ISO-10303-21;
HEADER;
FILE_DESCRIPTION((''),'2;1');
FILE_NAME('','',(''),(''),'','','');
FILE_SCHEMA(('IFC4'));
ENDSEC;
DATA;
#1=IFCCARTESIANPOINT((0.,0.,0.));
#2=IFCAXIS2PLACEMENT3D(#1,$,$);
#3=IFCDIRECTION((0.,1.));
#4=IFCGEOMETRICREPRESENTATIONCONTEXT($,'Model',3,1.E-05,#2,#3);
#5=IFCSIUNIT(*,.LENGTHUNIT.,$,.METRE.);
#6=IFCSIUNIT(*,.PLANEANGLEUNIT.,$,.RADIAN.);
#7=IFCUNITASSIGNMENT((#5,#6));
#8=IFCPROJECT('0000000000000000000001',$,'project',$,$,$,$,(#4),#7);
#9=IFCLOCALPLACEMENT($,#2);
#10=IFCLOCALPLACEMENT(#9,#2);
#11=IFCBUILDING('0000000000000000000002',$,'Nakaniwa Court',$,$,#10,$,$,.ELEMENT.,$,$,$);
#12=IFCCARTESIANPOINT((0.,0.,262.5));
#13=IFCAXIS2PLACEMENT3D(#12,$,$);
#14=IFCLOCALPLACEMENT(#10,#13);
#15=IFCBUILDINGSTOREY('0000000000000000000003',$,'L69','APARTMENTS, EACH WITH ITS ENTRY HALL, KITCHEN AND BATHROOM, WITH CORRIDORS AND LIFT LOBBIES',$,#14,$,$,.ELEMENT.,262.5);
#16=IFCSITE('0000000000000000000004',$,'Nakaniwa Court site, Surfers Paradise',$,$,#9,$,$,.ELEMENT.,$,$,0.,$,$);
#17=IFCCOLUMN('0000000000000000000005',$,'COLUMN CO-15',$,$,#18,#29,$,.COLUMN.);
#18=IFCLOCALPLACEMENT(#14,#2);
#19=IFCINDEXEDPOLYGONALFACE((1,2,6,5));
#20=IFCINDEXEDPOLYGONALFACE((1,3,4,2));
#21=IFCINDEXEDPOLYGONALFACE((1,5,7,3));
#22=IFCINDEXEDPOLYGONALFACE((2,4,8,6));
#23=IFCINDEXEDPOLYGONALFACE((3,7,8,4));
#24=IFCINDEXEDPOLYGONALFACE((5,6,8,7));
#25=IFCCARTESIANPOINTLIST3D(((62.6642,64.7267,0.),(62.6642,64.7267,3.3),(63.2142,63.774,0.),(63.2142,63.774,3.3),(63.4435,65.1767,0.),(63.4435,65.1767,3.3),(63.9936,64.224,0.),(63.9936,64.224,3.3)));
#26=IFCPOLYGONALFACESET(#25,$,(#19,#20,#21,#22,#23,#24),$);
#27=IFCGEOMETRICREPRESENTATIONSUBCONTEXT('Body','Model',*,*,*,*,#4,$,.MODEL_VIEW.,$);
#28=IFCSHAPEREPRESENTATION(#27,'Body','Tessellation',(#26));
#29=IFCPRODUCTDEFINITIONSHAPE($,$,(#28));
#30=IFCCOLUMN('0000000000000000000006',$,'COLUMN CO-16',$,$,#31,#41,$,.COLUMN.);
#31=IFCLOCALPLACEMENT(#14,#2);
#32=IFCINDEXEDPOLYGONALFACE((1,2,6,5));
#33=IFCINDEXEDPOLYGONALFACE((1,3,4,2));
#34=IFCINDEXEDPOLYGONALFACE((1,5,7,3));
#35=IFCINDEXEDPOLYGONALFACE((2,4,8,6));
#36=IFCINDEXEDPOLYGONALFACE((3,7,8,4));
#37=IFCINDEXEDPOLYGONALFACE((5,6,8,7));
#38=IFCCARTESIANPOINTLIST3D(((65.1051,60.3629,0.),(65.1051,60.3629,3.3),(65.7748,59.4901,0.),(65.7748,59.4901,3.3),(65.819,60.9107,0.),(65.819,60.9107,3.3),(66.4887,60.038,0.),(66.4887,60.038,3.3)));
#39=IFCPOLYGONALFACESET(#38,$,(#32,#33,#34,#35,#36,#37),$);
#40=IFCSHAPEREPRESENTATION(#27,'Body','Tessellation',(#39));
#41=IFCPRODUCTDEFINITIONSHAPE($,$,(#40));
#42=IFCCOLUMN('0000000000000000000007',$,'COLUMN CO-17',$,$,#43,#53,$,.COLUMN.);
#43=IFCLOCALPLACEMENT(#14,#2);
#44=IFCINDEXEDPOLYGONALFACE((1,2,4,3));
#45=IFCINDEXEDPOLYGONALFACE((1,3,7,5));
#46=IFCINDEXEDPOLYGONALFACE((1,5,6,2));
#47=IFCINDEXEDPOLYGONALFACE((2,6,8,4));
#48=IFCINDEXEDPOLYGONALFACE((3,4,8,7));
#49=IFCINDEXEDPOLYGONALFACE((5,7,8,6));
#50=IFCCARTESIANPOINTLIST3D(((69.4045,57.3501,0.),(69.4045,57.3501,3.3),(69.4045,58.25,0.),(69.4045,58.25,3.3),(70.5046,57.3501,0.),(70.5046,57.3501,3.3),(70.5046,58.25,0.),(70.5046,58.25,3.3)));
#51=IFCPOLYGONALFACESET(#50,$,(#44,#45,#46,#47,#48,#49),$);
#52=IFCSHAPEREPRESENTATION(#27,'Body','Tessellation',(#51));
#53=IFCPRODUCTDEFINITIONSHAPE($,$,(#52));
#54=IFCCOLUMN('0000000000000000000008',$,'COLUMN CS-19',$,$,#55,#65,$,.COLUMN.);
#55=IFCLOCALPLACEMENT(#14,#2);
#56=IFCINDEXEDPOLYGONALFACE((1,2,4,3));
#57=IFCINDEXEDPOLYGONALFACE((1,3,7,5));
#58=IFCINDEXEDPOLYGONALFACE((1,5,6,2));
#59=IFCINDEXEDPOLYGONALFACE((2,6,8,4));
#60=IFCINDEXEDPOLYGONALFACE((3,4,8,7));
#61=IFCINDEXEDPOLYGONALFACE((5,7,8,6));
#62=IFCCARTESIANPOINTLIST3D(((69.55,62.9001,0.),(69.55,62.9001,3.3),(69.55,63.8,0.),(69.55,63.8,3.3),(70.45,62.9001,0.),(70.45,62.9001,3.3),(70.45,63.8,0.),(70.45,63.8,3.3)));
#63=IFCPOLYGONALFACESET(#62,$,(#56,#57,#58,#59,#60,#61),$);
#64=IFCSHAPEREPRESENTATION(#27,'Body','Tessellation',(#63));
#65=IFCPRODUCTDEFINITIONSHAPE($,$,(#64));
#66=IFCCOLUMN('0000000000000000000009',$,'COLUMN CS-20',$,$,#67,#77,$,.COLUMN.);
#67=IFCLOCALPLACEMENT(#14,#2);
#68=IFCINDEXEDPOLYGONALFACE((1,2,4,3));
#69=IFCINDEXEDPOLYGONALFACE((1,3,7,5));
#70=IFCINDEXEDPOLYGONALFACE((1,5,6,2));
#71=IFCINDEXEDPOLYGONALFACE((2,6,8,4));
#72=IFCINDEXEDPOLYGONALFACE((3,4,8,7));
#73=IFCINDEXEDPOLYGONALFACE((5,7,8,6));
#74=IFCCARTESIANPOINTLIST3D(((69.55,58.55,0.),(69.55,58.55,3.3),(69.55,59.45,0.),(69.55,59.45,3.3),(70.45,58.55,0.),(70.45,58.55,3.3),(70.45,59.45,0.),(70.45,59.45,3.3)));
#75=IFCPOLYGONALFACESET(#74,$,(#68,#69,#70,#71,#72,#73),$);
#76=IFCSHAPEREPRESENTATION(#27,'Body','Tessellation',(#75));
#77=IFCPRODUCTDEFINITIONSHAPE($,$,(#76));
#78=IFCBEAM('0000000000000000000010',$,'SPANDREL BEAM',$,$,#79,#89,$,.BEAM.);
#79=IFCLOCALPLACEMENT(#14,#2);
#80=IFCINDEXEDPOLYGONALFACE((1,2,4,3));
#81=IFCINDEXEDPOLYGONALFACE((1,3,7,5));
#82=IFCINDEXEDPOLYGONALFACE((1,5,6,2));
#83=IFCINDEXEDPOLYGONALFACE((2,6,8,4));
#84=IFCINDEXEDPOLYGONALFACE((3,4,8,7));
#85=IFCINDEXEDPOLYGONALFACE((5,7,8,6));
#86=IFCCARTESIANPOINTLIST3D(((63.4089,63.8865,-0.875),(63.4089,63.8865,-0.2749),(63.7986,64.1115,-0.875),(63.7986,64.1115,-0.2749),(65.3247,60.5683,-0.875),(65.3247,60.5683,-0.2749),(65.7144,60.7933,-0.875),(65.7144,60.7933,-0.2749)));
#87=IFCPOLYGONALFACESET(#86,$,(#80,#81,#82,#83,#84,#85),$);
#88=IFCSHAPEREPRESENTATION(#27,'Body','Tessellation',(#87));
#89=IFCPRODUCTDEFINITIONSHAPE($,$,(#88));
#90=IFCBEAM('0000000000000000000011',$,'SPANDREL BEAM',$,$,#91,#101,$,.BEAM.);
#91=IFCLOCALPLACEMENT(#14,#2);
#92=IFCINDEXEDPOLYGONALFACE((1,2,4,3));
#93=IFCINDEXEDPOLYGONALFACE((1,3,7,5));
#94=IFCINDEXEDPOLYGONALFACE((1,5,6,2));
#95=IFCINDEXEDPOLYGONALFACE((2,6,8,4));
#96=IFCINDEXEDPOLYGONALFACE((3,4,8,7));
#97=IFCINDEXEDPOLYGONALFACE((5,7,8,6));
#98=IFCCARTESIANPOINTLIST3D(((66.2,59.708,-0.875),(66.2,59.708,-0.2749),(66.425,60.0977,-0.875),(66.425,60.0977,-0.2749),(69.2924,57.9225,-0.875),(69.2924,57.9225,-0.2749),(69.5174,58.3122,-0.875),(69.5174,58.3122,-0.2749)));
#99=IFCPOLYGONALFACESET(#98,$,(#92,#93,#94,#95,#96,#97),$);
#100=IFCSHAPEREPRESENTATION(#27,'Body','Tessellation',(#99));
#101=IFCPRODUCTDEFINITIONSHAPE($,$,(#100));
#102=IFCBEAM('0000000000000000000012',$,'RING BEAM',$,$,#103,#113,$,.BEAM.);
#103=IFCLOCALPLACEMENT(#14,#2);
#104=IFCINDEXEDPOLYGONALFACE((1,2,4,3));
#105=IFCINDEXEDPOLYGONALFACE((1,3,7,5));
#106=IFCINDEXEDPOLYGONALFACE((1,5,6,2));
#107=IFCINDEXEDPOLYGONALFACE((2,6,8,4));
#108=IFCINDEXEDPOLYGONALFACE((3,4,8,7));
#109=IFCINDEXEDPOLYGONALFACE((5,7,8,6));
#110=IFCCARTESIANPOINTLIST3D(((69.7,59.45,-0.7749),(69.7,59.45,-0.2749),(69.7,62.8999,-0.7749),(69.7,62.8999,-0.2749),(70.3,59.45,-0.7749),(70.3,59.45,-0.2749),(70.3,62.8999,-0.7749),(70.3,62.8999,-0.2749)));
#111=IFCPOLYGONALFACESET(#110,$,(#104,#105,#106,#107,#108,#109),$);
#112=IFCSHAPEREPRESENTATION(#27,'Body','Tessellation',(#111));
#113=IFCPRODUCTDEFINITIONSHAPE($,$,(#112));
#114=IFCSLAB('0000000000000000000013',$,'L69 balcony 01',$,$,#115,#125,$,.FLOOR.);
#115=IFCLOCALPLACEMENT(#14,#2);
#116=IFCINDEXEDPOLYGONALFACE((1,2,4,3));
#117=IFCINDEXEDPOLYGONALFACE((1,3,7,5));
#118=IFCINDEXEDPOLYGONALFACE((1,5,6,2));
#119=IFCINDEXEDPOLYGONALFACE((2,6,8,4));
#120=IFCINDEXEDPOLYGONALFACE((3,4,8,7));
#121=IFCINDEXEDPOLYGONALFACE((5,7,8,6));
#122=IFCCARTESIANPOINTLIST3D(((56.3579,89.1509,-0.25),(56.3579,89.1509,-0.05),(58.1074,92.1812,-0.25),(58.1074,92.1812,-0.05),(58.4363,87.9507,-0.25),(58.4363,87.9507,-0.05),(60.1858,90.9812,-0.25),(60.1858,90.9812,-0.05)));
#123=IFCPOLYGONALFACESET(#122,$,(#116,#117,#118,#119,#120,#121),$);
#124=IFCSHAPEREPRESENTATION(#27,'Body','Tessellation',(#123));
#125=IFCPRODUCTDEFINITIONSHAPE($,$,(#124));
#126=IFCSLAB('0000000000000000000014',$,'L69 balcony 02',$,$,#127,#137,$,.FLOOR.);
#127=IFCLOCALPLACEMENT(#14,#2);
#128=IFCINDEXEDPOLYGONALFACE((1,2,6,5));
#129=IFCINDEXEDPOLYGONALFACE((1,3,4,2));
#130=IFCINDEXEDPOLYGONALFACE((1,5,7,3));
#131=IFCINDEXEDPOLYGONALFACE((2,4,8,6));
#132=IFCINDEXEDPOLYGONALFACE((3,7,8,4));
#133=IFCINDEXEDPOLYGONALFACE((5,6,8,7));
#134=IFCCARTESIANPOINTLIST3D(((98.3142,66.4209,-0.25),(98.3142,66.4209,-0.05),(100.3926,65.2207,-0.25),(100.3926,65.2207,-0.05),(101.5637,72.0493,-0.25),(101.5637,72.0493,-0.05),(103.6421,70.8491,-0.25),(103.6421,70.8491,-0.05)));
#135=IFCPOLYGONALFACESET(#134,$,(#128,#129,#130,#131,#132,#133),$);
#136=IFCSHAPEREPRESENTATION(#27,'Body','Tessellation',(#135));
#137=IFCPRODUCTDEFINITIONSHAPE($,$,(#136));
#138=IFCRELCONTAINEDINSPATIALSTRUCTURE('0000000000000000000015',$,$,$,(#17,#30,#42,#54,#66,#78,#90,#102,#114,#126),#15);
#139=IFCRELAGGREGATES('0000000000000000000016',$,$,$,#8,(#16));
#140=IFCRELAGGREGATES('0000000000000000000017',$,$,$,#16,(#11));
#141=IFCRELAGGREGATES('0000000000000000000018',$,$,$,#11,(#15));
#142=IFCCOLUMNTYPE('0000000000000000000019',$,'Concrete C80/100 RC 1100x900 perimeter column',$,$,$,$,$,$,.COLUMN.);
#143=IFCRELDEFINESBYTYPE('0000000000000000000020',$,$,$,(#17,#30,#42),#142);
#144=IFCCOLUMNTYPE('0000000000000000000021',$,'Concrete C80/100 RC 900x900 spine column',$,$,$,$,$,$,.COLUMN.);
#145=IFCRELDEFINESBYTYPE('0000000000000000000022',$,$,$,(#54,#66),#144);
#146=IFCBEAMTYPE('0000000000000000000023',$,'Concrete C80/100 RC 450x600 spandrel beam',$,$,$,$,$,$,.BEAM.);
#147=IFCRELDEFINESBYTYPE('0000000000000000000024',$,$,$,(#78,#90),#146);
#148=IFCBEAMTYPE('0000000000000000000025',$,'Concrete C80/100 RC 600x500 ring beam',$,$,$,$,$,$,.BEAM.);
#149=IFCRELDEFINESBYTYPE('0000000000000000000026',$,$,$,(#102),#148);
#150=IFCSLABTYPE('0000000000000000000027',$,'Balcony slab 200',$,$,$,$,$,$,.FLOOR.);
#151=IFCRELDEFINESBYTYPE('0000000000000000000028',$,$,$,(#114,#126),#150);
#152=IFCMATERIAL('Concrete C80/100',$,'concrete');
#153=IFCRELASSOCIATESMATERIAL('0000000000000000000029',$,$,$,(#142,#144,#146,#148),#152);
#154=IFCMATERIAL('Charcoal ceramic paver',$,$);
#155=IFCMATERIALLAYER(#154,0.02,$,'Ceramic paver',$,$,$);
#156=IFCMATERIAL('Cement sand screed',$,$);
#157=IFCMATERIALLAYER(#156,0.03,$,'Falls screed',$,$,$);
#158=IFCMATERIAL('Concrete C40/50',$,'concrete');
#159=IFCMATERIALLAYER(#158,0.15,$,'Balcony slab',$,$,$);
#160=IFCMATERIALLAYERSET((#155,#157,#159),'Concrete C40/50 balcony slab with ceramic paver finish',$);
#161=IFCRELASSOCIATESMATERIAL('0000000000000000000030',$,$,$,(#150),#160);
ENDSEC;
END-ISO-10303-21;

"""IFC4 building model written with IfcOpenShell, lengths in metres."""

from ifc_helpers import new_model, si_unit, direction, frame, origin, origin_2d, place, context, subcontext, project, spatial, polyline, rectangle, outline, extrude, material, layer, layer_set, material_profile, profile_set, type_object, element, save


model = new_model("IFC4")

# Units and contexts
model_context = context("Model", 3, precision=1e-05, world=origin(), true_north=direction((0.0, 1.0)))
body_context = subcontext(model_context, "Body", "Model", "MODEL_VIEW")
ifc_project = project(units=[si_unit("LENGTHUNIT", "METRE"), si_unit("PLANEANGLEUNIT", "RADIAN")], contexts=[model_context])

# Site, building, storey
site_placement = place(None, origin())
site = spatial("IfcSite", under=ifc_project, at=site_placement, Name="Nakaniwa Court site, Surfers Paradise", CompositionType="ELEMENT", RefElevation=0.0)
building_placement = place(site_placement, origin())
building = spatial("IfcBuilding", under=site, at=building_placement, Name="Nakaniwa Court", CompositionType="ELEMENT")
storey_placement = place(building_placement, frame((0.0, 0.0, 262.5)))
storey = spatial("IfcBuildingStorey", under=building, at=storey_placement, Name="L69", Description="APARTMENTS, EACH WITH ITS ENTRY HALL, KITCHEN AND BATHROOM, WITH CORRIDORS AND LIFT LOBBIES", CompositionType="ELEMENT", Elevation=262.5)

# Columns
ifc_material_1 = material(Name="Concrete C80/100", Category="concrete")
ifc_material_profile_1 = material_profile(ifc_material_1, rectangle(XDim=1.1001, YDim=0.8999, at=origin_2d()), Name="Concrete C80/100 RC 1100x900 perimeter column")
ifc_profile_set_1 = profile_set([ifc_material_profile_1], Name="Concrete C80/100")
column_type_1 = type_object("IfcColumnType", Name="Concrete C80/100 RC 1100x900 perimeter column", PredefinedType="COLUMN", material=ifc_profile_set_1)
for number, where, z_axis, x_axis, name in (
    (1, (63.3289, 64.4753, 0.0), (0.0, 0.0, 1.0), (0.5, -0.866025, 0.0), "COLUMN CO-15"),
    (2, (65.7969, 60.2004, 0.0), (0.0, 0.0, 1.0), (0.608761, -0.793353, 0.0), "COLUMN CO-16"),
    (3, (69.9546, 57.8, 0.0), (0.0, 0.0, 1.0), (1.0, 0.0, 0.0), "COLUMN CO-17"),
):
    element("IfcColumn", number, at=place(storey_placement, frame(where, z_axis=z_axis, x_axis=x_axis)), inside=storey, type_object=column_type_1, Name=name, PredefinedType="COLUMN", context=body_context, shape_type="SweptSolid", body=[
        extrude(rectangle(XDim=1.1001, YDim=0.8999, at=origin_2d()), origin(), (0.0, 0.0, 1.0), 3.3),
    ])
ifc_material_profile_2 = material_profile(ifc_material_1, rectangle(XDim=0.8999, YDim=0.8999, at=origin_2d()), Name="Concrete C80/100 RC 900x900 spine column")
ifc_profile_set_2 = profile_set([ifc_material_profile_2], Name="Concrete C80/100")
column_type_2 = type_object("IfcColumnType", Name="Concrete C80/100 RC 900x900 spine column", PredefinedType="COLUMN", material=ifc_profile_set_2)
for number, where, z_axis, x_axis, name in (
    (4, (70.0, 63.3501, 0.0), (0.0, 0.0, 1.0), (0.0, -1.0, 0.0), "COLUMN CS-19"),
    (5, (70.0, 59.0, 0.0), (0.0, 0.0, 1.0), (0.0, -1.0, 0.0), "COLUMN CS-20"),
):
    element("IfcColumn", number, at=place(storey_placement, frame(where, z_axis=z_axis, x_axis=x_axis)), inside=storey, type_object=column_type_2, Name=name, PredefinedType="COLUMN", context=body_context, shape_type="SweptSolid", body=[
        extrude(rectangle(XDim=0.8999, YDim=0.8999, at=origin_2d()), origin(), (0.0, 0.0, 1.0), 3.3),
    ])

# Beams
ifc_material_profile_3 = material_profile(ifc_material_1, rectangle(XDim=0.45, YDim=0.6001, at=origin_2d()), Name="Concrete C80/100 RC 450x600 spandrel beam")
ifc_profile_set_3 = profile_set([ifc_material_profile_3], Name="Concrete C80/100")
beam_type_1 = type_object("IfcBeamType", Name="Concrete C80/100 RC 450x600 spandrel beam", PredefinedType="BEAM", material=ifc_profile_set_3)
beam_1_placement = place(storey_placement, frame((63.6038, 63.999, -0.575), z_axis=(0.500011, -0.866019, 0.0), x_axis=(0.866019, 0.500011, 0.0)))
element("IfcBeam", 6, at=beam_1_placement, inside=storey, type_object=beam_type_1, Name="SPANDREL BEAM", PredefinedType="BEAM", context=body_context, shape_type="SweptSolid", body=[
    extrude(rectangle(XDim=0.45, YDim=0.6001, at=origin_2d()), origin(), (0.0, 0.0, 1.0), 3.8315),
])
beam_2_placement = place(storey_placement, frame((66.3125, 59.9028, -0.575), z_axis=(0.866017, -0.500014, 0.0), x_axis=(0.500014, 0.866017, 0.0)))
element("IfcBeam", 7, at=beam_2_placement, inside=storey, type_object=beam_type_1, Name="SPANDREL BEAM", PredefinedType="BEAM", context=body_context, shape_type="SweptSolid", body=[
    extrude(rectangle(XDim=0.45, YDim=0.6001, at=origin_2d()), origin(), (0.0, 0.0, 1.0), 3.5708),
])
ifc_material_profile_4 = material_profile(ifc_material_1, rectangle(XDim=0.6001, YDim=0.5, at=origin_2d()), Name="Concrete C80/100 RC 600x500 ring beam")
ifc_profile_set_4 = profile_set([ifc_material_profile_4], Name="Concrete C80/100")
beam_type_2 = type_object("IfcBeamType", Name="Concrete C80/100 RC 600x500 ring beam", PredefinedType="BEAM", material=ifc_profile_set_4)
beam_3_placement = place(storey_placement, frame((70.0, 62.8999, -0.5249), z_axis=(0.0, -1.0, 0.0), x_axis=(1.0, 0.0, 0.0)))
element("IfcBeam", 8, at=beam_3_placement, inside=storey, type_object=beam_type_2, Name="RING BEAM", PredefinedType="BEAM", context=body_context, shape_type="SweptSolid", body=[
    extrude(rectangle(XDim=0.6001, YDim=0.5, at=origin_2d()), origin(), (0.0, 0.0, 1.0), 3.45),
])

# Slabs
ifc_material_2 = material(Name="Charcoal ceramic paver")
ifc_layer_1 = layer(ifc_material_2, 0.02, Name="Ceramic paver")
ifc_material_3 = material(Name="Cement sand screed")
ifc_layer_2 = layer(ifc_material_3, 0.03, Name="Falls screed")
ifc_material_4 = material(Name="Concrete C40/50", Category="concrete")
ifc_layer_3 = layer(ifc_material_4, 0.15, Name="Balcony slab")
ifc_layer_set_1 = layer_set([ifc_layer_1, ifc_layer_2, ifc_layer_3], Name="Concrete C40/50 balcony slab with ceramic paver finish")
slab_type_1 = type_object("IfcSlabType", Name="Balcony slab 200", PredefinedType="FLOOR", material=ifc_layer_set_1)
slab_1_placement = place(storey_placement, frame((0.0, 0.0, -0.25)))
element("IfcSlab", 9, at=slab_1_placement, inside=storey, type_object=slab_type_1, Name="L69 balcony 01", PredefinedType="FLOOR", context=body_context, shape_type="SweptSolid", body=[
    extrude(outline(polyline([(60.1858, 90.9812), (58.4363, 87.9507), (56.3579, 89.1509), (58.1074, 92.1812), (60.1858, 90.9812)])), origin(), (0.0, 0.0, 1.0), 0.2),
])
slab_2_placement = place(storey_placement, frame((0.0, 0.0, -0.25)))
element("IfcSlab", 10, at=slab_2_placement, inside=storey, type_object=slab_type_1, Name="L69 balcony 02", PredefinedType="FLOOR", context=body_context, shape_type="SweptSolid", body=[
    extrude(outline(polyline([(98.3142, 66.4209), (101.5637, 72.0493), (103.6421, 70.8491), (100.3926, 65.2207), (98.3142, 66.4209)])), origin(), (0.0, 0.0, 1.0), 0.2),
])

save(model, "model.ifc")
